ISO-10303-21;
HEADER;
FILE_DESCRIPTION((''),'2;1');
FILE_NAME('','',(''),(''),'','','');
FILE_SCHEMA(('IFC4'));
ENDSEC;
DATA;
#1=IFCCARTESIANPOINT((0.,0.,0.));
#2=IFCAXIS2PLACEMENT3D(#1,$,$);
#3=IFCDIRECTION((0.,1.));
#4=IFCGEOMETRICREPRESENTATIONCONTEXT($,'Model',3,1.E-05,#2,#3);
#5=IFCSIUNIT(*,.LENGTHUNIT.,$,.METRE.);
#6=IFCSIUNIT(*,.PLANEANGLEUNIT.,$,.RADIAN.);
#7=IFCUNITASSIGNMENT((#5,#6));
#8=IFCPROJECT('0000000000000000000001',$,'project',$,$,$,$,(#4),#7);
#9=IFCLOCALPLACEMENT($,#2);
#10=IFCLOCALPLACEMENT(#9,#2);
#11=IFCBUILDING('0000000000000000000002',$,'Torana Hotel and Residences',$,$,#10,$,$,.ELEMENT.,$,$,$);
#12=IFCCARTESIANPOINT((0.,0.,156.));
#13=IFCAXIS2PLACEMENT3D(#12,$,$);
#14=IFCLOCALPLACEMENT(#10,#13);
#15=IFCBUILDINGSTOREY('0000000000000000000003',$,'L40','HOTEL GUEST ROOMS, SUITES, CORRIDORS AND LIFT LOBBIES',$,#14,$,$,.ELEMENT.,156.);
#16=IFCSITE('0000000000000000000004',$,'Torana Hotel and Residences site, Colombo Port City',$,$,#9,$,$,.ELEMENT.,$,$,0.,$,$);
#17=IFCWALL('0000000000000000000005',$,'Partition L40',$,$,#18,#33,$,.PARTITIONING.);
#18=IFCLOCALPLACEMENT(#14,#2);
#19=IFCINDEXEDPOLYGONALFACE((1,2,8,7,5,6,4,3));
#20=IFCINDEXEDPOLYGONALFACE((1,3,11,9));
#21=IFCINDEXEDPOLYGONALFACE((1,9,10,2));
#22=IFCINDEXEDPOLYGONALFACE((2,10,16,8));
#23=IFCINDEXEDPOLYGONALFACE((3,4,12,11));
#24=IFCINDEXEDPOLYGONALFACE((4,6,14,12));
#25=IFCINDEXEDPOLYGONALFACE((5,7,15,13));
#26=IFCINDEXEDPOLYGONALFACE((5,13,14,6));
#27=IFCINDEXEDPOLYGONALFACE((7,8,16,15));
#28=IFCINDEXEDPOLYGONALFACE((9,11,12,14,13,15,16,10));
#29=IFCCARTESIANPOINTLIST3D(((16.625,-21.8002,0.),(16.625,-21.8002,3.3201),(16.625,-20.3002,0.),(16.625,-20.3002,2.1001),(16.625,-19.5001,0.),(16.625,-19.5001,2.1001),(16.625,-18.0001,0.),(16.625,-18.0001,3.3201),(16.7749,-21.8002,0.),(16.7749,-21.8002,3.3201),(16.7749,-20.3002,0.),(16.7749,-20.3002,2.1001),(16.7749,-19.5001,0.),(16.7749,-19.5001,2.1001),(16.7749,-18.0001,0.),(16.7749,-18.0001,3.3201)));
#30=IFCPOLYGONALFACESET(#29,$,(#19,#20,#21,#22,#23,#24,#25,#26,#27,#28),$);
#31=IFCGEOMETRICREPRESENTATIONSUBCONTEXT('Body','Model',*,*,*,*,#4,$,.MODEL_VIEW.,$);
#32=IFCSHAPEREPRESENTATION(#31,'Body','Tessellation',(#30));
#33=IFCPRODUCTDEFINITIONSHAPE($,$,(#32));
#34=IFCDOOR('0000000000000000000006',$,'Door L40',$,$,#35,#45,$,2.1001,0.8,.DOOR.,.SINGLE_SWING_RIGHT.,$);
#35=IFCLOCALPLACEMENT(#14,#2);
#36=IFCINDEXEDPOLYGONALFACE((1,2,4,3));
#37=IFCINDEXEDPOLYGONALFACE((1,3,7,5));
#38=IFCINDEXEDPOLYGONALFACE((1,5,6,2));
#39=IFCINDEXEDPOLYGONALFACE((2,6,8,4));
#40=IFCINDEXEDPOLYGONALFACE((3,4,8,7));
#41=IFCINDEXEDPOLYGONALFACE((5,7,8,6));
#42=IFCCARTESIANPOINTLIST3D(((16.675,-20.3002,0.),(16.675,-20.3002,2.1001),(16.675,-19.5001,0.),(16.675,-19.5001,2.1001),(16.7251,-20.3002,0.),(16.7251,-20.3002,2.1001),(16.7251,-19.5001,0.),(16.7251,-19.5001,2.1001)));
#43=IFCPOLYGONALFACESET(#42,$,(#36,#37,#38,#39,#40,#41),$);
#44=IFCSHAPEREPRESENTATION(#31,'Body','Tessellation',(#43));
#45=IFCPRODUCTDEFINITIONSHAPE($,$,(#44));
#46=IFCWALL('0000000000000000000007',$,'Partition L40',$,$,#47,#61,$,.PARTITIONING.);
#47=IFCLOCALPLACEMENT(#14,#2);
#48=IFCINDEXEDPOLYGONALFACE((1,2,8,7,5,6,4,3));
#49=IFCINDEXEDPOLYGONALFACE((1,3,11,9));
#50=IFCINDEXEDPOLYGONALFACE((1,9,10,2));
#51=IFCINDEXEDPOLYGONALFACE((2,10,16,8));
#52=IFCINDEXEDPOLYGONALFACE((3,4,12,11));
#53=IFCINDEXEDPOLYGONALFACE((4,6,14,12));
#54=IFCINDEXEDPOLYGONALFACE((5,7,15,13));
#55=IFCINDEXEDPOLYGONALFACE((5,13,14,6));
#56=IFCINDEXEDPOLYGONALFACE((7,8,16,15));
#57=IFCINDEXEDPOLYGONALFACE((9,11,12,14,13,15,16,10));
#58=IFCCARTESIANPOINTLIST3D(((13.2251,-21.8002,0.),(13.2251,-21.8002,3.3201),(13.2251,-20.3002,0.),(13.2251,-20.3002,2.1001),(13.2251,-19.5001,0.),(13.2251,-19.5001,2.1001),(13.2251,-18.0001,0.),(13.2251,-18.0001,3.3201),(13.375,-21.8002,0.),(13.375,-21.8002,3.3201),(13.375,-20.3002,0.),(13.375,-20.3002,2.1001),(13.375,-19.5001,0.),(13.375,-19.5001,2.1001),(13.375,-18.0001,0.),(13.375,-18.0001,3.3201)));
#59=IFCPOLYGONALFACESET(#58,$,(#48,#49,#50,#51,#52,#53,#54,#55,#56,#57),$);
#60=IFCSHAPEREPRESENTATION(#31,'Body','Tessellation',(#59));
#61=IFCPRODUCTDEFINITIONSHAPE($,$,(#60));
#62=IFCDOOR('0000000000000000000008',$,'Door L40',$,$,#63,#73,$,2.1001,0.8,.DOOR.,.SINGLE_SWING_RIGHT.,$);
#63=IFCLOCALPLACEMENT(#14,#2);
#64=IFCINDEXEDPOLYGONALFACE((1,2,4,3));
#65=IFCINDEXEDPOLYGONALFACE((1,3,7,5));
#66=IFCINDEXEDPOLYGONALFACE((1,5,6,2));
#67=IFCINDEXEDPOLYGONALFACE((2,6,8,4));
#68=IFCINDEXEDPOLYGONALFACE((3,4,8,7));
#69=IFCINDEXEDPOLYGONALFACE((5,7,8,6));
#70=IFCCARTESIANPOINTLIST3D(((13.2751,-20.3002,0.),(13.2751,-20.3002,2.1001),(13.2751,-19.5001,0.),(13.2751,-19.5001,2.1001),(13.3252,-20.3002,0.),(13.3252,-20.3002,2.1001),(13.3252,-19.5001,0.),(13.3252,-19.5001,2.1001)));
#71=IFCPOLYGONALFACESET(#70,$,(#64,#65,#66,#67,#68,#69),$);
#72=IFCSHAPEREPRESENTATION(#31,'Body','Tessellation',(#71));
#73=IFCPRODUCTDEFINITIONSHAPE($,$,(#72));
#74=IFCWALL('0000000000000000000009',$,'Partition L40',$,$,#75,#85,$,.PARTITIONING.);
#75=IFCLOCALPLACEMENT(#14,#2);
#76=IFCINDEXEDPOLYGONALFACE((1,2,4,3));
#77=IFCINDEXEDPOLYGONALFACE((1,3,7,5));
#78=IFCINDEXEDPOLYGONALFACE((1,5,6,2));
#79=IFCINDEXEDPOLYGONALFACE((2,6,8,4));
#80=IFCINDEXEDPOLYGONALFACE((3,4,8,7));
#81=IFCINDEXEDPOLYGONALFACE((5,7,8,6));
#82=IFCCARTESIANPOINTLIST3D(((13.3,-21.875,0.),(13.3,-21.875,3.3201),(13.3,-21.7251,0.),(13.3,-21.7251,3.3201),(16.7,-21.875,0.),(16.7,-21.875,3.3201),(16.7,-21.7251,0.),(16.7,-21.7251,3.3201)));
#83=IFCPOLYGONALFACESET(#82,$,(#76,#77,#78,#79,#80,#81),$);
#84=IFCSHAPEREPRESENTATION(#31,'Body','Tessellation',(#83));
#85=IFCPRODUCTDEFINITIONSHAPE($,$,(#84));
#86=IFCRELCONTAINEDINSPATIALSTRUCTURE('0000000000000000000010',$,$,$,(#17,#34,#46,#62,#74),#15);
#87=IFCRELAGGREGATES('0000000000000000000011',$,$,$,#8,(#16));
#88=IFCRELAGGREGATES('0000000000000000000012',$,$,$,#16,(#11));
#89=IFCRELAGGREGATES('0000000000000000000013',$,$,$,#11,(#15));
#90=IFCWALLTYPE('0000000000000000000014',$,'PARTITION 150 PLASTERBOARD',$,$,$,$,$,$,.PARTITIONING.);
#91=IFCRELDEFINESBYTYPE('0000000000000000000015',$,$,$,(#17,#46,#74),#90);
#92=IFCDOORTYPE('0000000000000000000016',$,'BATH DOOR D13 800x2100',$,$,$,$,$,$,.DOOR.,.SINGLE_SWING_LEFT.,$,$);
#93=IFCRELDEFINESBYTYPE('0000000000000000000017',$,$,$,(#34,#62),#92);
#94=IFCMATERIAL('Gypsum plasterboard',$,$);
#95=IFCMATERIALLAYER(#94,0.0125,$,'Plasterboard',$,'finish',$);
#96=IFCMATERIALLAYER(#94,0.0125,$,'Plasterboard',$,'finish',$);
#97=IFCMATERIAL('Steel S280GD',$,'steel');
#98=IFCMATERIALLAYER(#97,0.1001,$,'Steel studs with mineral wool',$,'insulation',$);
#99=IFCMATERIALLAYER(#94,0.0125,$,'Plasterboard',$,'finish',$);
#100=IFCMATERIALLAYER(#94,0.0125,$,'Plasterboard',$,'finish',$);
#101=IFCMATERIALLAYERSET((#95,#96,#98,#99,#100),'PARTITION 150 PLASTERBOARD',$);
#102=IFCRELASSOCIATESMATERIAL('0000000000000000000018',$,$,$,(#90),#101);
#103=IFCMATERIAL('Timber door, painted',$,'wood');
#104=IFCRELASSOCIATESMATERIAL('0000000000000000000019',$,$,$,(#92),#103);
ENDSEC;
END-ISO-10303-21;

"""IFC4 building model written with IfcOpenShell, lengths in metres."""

from ifc_helpers import new_model, si_unit, direction, frame, frame_2d, origin, place, context, subcontext, project, spatial, rectangle, extrude, material, layer, layer_set, type_object, element, fill, save


model = new_model("IFC4")

# Units and contexts
model_context = context("Model", 3, precision=1e-05, world=origin(), true_north=direction((0.0, 1.0)))
body_context = subcontext(model_context, "Body", "Model", "MODEL_VIEW")
ifc_project = project(units=[si_unit("LENGTHUNIT", "METRE"), si_unit("PLANEANGLEUNIT", "RADIAN")], contexts=[model_context])

# Site, building, storey
site_placement = place(None, origin())
site = spatial("IfcSite", under=ifc_project, at=site_placement, Name="Torana Hotel and Residences site, Colombo Port City", CompositionType="ELEMENT", RefElevation=0.0)
building_placement = place(site_placement, origin())
building = spatial("IfcBuilding", under=site, at=building_placement, Name="Torana Hotel and Residences", CompositionType="ELEMENT")
storey_placement = place(building_placement, frame((0.0, 0.0, 156.0)))
storey = spatial("IfcBuildingStorey", under=building, at=storey_placement, Name="L40", Description="HOTEL GUEST ROOMS, SUITES, CORRIDORS AND LIFT LOBBIES", CompositionType="ELEMENT", Elevation=156.0)

# Shared definitions
ifc_material_1 = material(Name="Gypsum plasterboard")
ifc_layer_1 = layer(ifc_material_1, 0.0125, Name="Plasterboard", Category="finish")
ifc_layer_2 = layer(ifc_material_1, 0.0125, Name="Plasterboard", Category="finish")
ifc_material_2 = material(Name="Steel S280GD", Category="steel")
ifc_layer_3 = layer(ifc_material_2, 0.1001, Name="Steel studs with mineral wool", Category="insulation")
ifc_layer_4 = layer(ifc_material_1, 0.0125, Name="Plasterboard", Category="finish")
ifc_layer_5 = layer(ifc_material_1, 0.0125, Name="Plasterboard", Category="finish")
ifc_layer_set_1 = layer_set([ifc_layer_1, ifc_layer_2, ifc_layer_3, ifc_layer_4, ifc_layer_5], Name="PARTITION 150 PLASTERBOARD")
wall_type_1 = type_object("IfcWallType", Name="PARTITION 150 PLASTERBOARD", PredefinedType="PARTITIONING", material=ifc_layer_set_1)

# Walls, openings, doors
wall_1_placement = place(storey_placement, frame((16.7, -21.8, 0.0), z_axis=(0.0, 0.0, 1.0), x_axis=(0.0, 1.0, 0.0)))
wall_1 = element("IfcWall", 1, at=wall_1_placement, inside=storey, type_object=wall_type_1, Name="Partition L40", PredefinedType="PARTITIONING", context=body_context, shape_type="SweptSolid", body=[
    extrude(rectangle(XDim=3.8, YDim=0.1499, at=frame_2d((1.8999, 0.0))), origin(), (0.0, 0.0, 1.0), 3.3201),
])
opening_1_placement = place(wall_1_placement, frame((1.5, 0.0, 0.0)))
opening_1 = element("IfcOpeningElement", 2, at=opening_1_placement, cuts=wall_1, PredefinedType="OPENING", context=body_context, shape_type="SweptSolid", body=[
    extrude(rectangle(XDim=0.8, YDim=2.1001, at=frame_2d((0.3999, 1.05))), frame((0.0, 0.085, 0.0), z_axis=(0.0, -1.0, 0.0), x_axis=(1.0, 0.0, 0.0)), (0.0, 0.0, 1.0), 0.1699),
])
ifc_material_3 = material(Name="Timber door, painted", Category="wood")
door_type_1 = type_object("IfcDoorType", Name="BATH DOOR D13 800x2100", OperationType="SINGLE_SWING_LEFT", PredefinedType="DOOR", material=ifc_material_3)
door_1_placement = place(opening_1_placement, origin())
door_1 = element("IfcDoor", 3, at=door_1_placement, inside=storey, type_object=door_type_1, Name="Door L40", OperationType="SINGLE_SWING_RIGHT", OverallHeight=2.1001, OverallWidth=0.8, PredefinedType="DOOR", context=body_context, shape_type="SweptSolid", body=[
    extrude(rectangle(XDim=0.8, YDim=2.1001, at=frame_2d((0.3999, 1.05))), frame((0.0, 0.0249, 0.0), z_axis=(0.0, -1.0, 0.0), x_axis=(1.0, 0.0, 0.0)), (0.0, 0.0, 1.0), 0.05),
])
fill(opening_1, door_1)
wall_2_placement = place(storey_placement, frame((13.3, -21.8, 0.0), z_axis=(0.0, 0.0, 1.0), x_axis=(0.0, 1.0, 0.0)))
wall_2 = element("IfcWall", 4, at=wall_2_placement, inside=storey, type_object=wall_type_1, Name="Partition L40", PredefinedType="PARTITIONING", context=body_context, shape_type="SweptSolid", body=[
    extrude(rectangle(XDim=3.8, YDim=0.1499, at=frame_2d((1.8999, 0.0))), origin(), (0.0, 0.0, 1.0), 3.3201),
])
opening_2_placement = place(wall_2_placement, frame((1.5, 0.0, 0.0)))
opening_2 = element("IfcOpeningElement", 5, at=opening_2_placement, cuts=wall_2, PredefinedType="OPENING", context=body_context, shape_type="SweptSolid", body=[
    extrude(rectangle(XDim=0.8, YDim=2.1001, at=frame_2d((0.3999, 1.05))), frame((0.0, 0.085, 0.0), z_axis=(0.0, -1.0, 0.0), x_axis=(1.0, 0.0, 0.0)), (0.0, 0.0, 1.0), 0.1699),
])
door_2_placement = place(opening_2_placement, origin())
door_2 = element("IfcDoor", 6, at=door_2_placement, inside=storey, type_object=door_type_1, Name="Door L40", OperationType="SINGLE_SWING_RIGHT", OverallHeight=2.1001, OverallWidth=0.8, PredefinedType="DOOR", context=body_context, shape_type="SweptSolid", body=[
    extrude(rectangle(XDim=0.8, YDim=2.1001, at=frame_2d((0.3999, 1.05))), frame((0.0, 0.0249, 0.0), z_axis=(0.0, -1.0, 0.0), x_axis=(1.0, 0.0, 0.0)), (0.0, 0.0, 1.0), 0.05),
])
fill(opening_2, door_2)

# Wall
wall_3_placement = place(storey_placement, frame((13.3, -21.8, 0.0), z_axis=(0.0, 0.0, 1.0), x_axis=(1.0, 0.0, 0.0)))
element("IfcWall", 7, at=wall_3_placement, inside=storey, type_object=wall_type_1, Name="Partition L40", PredefinedType="PARTITIONING", context=body_context, shape_type="SweptSolid", body=[
    extrude(rectangle(XDim=3.3999, YDim=0.1499, at=frame_2d((1.7, 0.0))), origin(), (0.0, 0.0, 1.0), 3.3201),
])

save(model, "model.ifc")
